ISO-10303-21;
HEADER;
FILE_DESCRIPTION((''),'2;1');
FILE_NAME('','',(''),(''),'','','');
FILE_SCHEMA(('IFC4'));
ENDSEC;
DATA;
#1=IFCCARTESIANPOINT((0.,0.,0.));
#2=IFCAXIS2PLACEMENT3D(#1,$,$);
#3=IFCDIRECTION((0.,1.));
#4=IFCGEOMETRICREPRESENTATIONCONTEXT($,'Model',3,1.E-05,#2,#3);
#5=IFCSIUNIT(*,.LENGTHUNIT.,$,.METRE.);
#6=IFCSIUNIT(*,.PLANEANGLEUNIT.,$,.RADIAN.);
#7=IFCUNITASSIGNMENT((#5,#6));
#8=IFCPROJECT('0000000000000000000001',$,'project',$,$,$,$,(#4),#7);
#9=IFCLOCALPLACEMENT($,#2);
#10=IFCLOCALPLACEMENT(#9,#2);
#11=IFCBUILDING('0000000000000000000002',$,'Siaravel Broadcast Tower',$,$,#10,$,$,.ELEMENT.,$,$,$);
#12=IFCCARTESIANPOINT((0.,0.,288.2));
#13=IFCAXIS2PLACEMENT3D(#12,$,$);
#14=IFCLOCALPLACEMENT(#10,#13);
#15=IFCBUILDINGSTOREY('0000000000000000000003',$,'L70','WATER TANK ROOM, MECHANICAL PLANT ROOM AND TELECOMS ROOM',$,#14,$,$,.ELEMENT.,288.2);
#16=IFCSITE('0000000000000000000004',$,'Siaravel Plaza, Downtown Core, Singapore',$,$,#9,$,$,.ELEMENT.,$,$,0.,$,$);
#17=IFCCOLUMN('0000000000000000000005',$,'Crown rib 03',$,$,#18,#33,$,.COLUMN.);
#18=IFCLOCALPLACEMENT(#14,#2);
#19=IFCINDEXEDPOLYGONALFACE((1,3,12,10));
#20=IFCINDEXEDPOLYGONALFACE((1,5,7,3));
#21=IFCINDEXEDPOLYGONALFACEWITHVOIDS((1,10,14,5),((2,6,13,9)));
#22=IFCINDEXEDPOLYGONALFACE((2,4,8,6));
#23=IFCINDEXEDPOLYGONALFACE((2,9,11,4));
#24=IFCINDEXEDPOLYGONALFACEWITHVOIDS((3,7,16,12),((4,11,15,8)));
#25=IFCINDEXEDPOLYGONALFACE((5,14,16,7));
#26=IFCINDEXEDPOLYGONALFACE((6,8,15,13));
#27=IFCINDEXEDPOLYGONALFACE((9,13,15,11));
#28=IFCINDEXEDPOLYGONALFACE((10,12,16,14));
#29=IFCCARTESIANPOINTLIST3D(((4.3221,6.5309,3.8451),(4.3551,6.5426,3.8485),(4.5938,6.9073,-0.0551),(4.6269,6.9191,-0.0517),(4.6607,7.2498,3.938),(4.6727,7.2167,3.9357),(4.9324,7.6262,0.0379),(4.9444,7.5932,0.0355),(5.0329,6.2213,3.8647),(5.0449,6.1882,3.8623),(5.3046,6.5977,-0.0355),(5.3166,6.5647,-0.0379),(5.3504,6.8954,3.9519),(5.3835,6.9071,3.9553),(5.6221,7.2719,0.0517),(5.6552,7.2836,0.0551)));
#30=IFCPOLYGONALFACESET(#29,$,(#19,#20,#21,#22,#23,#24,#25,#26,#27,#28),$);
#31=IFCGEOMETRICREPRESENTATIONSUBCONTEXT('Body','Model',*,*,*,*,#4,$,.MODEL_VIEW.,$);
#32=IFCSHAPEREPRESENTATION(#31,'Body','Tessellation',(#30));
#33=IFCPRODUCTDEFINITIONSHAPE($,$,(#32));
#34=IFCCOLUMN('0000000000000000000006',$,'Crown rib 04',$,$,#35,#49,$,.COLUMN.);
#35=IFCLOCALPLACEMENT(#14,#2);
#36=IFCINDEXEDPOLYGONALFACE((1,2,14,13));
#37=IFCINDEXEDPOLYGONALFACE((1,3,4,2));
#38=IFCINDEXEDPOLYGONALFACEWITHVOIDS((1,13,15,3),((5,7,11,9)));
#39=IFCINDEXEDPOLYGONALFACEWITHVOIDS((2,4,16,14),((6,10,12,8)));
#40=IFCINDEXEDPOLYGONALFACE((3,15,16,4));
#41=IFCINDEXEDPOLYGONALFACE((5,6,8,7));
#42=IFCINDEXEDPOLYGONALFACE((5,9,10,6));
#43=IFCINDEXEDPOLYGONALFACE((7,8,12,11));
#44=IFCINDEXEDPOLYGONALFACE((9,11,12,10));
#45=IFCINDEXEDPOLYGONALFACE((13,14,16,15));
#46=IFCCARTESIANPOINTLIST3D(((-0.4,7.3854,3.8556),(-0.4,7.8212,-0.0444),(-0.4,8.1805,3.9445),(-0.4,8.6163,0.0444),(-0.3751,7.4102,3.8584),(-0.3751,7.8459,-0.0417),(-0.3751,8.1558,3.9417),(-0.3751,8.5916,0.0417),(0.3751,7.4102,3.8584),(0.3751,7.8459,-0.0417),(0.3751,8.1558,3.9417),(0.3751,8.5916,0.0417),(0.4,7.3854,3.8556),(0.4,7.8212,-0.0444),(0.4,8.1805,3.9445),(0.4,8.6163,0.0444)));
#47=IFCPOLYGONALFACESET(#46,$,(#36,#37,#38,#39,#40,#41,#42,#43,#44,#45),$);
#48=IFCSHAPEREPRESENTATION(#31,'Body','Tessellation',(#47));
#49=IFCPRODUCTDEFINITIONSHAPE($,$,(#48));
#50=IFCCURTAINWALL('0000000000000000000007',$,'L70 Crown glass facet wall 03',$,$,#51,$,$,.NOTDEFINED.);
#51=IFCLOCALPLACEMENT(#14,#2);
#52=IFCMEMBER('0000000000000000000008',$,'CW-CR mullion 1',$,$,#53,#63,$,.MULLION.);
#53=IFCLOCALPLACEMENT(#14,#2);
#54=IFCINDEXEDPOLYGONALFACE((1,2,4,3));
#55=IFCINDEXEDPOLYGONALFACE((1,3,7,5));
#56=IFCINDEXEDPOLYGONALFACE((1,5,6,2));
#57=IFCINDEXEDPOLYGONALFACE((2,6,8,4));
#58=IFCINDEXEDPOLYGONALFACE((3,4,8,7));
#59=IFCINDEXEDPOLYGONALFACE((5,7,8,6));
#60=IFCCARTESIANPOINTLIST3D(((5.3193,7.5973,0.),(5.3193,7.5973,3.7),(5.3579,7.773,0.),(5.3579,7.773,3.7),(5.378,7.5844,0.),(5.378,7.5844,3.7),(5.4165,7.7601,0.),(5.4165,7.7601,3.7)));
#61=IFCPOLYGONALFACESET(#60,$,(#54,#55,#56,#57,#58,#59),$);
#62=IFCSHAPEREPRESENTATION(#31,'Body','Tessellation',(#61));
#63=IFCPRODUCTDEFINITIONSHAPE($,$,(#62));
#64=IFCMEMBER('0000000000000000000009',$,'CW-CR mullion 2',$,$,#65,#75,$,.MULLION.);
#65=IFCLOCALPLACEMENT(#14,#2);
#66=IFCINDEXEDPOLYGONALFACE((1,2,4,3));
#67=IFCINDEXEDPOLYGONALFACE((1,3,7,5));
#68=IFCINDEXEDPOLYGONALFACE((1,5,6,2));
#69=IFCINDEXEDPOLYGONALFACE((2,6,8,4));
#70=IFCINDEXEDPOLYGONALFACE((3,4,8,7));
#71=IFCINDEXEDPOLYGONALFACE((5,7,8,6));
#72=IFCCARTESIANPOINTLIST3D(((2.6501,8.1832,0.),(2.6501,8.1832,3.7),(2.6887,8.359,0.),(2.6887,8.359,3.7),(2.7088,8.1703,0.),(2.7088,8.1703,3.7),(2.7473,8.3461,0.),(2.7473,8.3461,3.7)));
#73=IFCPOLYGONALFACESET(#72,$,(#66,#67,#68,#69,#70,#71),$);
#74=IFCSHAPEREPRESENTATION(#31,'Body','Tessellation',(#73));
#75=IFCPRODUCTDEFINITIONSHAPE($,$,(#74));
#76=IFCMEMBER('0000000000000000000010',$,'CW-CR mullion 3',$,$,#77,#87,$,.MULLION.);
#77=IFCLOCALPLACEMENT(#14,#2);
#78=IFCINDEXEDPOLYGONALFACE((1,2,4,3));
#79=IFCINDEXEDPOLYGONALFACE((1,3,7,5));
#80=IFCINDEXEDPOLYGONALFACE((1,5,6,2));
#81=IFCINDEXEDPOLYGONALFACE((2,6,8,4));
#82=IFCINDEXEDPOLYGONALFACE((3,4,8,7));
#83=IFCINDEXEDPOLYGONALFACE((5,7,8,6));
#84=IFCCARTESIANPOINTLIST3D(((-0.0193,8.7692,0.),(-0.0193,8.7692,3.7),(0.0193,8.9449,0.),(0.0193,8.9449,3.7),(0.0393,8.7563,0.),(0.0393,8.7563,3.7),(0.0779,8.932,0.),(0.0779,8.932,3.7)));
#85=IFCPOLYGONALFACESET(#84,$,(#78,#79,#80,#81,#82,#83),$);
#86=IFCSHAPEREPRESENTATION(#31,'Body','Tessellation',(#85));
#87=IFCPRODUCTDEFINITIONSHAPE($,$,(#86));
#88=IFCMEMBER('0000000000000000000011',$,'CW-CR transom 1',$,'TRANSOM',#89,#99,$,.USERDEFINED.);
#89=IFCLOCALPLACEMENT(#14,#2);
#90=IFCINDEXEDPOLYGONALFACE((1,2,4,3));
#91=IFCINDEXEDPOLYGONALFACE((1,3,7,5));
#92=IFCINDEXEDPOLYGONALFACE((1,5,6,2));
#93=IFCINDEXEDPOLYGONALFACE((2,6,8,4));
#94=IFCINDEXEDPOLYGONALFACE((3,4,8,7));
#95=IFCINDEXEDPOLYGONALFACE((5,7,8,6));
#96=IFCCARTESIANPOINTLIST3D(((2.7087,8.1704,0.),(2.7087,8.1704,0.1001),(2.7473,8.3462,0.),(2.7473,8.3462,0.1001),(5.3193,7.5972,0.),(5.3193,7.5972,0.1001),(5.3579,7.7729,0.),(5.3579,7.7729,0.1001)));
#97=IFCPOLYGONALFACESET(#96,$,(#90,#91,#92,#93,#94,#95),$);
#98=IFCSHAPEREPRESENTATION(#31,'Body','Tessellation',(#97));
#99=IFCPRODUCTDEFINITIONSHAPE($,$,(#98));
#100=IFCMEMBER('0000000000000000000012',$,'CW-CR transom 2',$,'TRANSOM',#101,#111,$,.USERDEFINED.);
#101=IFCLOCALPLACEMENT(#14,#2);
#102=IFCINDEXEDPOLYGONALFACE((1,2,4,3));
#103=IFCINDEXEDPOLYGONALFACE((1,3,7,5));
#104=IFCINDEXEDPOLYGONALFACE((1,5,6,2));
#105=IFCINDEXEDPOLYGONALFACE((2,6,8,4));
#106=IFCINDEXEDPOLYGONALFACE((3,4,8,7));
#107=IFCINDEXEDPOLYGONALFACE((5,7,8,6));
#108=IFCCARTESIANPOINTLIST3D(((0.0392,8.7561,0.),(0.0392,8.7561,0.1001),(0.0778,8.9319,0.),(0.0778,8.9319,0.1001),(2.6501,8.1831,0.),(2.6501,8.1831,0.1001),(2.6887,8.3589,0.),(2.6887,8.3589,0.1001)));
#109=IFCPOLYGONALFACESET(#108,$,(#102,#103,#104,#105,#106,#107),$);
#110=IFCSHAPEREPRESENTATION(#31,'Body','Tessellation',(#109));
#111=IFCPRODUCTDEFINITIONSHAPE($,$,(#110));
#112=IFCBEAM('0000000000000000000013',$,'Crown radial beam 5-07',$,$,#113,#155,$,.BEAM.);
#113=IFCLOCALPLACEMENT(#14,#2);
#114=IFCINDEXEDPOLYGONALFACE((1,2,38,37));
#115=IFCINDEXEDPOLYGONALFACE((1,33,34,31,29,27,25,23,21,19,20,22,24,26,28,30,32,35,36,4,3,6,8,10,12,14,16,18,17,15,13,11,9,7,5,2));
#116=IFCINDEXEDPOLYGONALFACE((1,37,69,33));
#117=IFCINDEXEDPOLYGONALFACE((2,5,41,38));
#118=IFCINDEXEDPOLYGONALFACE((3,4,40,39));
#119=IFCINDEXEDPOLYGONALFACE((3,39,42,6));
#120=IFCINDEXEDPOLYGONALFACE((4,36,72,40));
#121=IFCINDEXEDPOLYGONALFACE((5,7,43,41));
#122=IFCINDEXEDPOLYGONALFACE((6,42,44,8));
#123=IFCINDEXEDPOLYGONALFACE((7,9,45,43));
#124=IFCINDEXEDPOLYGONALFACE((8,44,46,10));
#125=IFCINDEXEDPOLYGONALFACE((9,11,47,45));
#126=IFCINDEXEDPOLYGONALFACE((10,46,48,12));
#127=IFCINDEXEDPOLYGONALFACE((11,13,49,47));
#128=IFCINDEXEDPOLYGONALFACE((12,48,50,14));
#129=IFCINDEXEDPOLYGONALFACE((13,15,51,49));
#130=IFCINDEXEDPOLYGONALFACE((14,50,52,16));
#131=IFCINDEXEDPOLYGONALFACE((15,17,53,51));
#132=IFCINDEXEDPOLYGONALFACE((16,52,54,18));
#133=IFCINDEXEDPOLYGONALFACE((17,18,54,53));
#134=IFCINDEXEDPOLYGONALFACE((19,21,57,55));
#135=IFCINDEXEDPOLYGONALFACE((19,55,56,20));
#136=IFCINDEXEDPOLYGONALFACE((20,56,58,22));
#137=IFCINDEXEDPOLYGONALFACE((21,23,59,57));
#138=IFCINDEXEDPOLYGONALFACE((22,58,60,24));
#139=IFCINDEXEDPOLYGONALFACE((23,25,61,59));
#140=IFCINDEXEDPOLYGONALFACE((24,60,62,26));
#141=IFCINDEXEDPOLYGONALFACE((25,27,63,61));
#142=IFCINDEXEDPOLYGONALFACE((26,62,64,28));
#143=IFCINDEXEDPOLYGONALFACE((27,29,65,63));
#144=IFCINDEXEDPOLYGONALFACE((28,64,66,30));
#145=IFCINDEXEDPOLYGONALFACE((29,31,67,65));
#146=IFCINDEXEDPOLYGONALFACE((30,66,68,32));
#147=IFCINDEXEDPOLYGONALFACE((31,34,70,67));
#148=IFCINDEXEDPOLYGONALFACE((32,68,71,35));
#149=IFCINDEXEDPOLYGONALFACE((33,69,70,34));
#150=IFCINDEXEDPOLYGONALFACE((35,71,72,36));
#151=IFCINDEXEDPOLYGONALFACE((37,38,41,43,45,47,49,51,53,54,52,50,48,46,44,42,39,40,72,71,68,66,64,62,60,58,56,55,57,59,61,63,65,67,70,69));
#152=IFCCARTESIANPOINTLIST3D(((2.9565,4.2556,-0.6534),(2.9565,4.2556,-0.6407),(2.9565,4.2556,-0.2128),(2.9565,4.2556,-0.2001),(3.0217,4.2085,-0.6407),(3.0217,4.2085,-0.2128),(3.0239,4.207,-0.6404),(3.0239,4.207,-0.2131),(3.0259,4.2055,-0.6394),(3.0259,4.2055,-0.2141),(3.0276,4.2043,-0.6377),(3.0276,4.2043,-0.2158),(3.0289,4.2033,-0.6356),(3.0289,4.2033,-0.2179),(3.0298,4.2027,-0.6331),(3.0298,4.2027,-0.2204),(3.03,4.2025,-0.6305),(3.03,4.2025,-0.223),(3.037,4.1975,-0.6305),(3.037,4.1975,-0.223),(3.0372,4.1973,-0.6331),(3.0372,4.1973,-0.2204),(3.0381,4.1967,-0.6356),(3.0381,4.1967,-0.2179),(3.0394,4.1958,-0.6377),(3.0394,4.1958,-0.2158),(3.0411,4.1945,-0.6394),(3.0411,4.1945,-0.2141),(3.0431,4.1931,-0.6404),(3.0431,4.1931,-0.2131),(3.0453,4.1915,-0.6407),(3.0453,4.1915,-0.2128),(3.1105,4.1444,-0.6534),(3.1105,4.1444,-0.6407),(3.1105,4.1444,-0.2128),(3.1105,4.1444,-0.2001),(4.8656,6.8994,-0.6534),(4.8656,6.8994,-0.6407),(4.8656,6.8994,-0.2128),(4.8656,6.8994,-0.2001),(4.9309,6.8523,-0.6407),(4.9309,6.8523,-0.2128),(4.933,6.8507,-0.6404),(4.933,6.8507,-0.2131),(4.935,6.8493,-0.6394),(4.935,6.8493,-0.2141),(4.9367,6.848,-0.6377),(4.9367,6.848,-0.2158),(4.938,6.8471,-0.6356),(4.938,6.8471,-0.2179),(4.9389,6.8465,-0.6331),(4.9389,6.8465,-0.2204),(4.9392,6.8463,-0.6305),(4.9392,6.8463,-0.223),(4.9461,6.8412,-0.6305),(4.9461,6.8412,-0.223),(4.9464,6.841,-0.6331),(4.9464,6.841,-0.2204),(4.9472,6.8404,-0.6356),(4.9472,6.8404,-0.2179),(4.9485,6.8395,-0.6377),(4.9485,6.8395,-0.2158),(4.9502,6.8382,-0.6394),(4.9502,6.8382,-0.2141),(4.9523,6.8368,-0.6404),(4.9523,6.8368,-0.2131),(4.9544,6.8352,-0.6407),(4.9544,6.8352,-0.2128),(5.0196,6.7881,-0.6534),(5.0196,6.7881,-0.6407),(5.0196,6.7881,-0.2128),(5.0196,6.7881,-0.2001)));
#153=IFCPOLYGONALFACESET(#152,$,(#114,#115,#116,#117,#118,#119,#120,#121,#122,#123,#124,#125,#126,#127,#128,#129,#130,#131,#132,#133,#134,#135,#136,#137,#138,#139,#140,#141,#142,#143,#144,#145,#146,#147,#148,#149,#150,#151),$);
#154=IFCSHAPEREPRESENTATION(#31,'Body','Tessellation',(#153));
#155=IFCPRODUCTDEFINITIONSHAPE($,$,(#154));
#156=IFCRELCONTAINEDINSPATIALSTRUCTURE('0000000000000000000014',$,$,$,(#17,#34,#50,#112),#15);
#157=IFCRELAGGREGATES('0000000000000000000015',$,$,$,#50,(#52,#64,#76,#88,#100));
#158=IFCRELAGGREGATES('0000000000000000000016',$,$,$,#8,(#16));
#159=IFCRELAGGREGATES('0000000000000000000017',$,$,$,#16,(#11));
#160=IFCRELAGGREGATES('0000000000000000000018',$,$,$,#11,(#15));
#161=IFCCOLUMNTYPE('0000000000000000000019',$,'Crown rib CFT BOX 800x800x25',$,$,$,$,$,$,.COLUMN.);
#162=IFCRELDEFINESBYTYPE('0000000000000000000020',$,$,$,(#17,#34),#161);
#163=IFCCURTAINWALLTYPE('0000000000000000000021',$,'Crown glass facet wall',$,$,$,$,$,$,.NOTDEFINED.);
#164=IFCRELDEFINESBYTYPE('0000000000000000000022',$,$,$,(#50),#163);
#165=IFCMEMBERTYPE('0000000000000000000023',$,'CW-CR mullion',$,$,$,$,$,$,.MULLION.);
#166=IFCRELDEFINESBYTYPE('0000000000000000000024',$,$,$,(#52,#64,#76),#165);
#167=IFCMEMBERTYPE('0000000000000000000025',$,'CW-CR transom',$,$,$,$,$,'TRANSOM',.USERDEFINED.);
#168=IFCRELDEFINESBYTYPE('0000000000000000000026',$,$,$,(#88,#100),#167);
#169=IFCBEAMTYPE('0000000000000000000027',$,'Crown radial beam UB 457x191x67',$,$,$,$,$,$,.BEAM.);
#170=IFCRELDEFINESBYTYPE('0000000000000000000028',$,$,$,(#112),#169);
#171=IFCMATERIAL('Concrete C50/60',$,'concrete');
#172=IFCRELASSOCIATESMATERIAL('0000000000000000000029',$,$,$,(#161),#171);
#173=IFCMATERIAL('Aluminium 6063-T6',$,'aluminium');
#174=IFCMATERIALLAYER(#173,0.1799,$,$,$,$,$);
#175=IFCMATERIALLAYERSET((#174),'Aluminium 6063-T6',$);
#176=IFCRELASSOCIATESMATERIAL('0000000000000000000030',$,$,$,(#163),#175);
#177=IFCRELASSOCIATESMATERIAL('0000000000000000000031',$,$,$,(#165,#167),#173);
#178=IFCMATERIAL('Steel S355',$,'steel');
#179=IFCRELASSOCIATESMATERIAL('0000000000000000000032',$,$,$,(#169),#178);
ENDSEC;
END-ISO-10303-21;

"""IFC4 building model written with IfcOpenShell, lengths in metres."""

from ifc_helpers import new_model, si_unit, direction, frame, origin, origin_2d, place, context, subcontext, project, spatial, rectangle, hollow_rectangle, i_section, extrude, material, layer, layer_set, material_profile, profile_set, type_object, element, aggregate, save


model = new_model("IFC4")

# Units and contexts
model_context = context("Model", 3, precision=1e-05, world=origin(), true_north=direction((0.0, 1.0)))
body_context = subcontext(model_context, "Body", "Model", "MODEL_VIEW")
ifc_project = project(units=[si_unit("LENGTHUNIT", "METRE"), si_unit("PLANEANGLEUNIT", "RADIAN")], contexts=[model_context])

# Site, building, storey
site_placement = place(None, origin())
site = spatial("IfcSite", under=ifc_project, at=site_placement, Name="Siaravel Plaza, Downtown Core, Singapore", CompositionType="ELEMENT", RefElevation=0.0)
building_placement = place(site_placement, origin())
building = spatial("IfcBuilding", under=site, at=building_placement, Name="Siaravel Broadcast Tower", CompositionType="ELEMENT")
storey_placement = place(building_placement, frame((0.0, 0.0, 288.2)))
storey = spatial("IfcBuildingStorey", under=building, at=storey_placement, Name="L70", Description="WATER TANK ROOM, MECHANICAL PLANT ROOM AND TELECOMS ROOM", CompositionType="ELEMENT", Elevation=288.2)

# Columns
ifc_material_1 = material(Name="Concrete C50/60", Category="concrete")
ifc_material_profile_1 = material_profile(ifc_material_1, hollow_rectangle(XDim=0.8, YDim=0.8, WallThickness=0.0249, at=origin_2d()))
ifc_profile_set_1 = profile_set([ifc_material_profile_1], Name="Concrete C50/60")
column_type = type_object("IfcColumnType", Name="Crown rib CFT BOX 800x800x25", PredefinedType="COLUMN", material=ifc_profile_set_1)
column_1_placement = place(storey_placement, frame((5.1245, 7.0955, 0.0), z_axis=(-0.069183, -0.095849, 0.992989), x_axis=(0.903382, -0.428292, 0.021599)))
element("IfcColumn", 1, at=column_1_placement, inside=storey, type_object=column_type, Name="Crown rib 03", PredefinedType="COLUMN", context=body_context, shape_type="SweptSolid", body=[
    extrude(hollow_rectangle(XDim=0.8, YDim=0.8, WallThickness=0.0249, at=origin_2d()), origin(), (0.0, 0.0, 1.0), 3.9277),
])
column_2_placement = place(storey_placement, frame((0.0, 8.2188, 0.0), z_axis=(0.0, -0.111046, 0.993815), x_axis=(1.0, 0.0, 0.0)))
element("IfcColumn", 2, at=column_2_placement, inside=storey, type_object=column_type, Name="Crown rib 04", PredefinedType="COLUMN", context=body_context, shape_type="SweptSolid", body=[
    extrude(hollow_rectangle(XDim=0.8, YDim=0.8, WallThickness=0.0249, at=origin_2d()), origin(), (0.0, 0.0, 1.0), 3.9243),
])

# Curtain wall, members
ifc_material_2 = material(Name="Aluminium 6063-T6", Category="aluminium")
ifc_layer_1 = layer(ifc_material_2, 0.1799)
ifc_layer_set_1 = layer_set([ifc_layer_1], Name="Aluminium 6063-T6")
curtain_wall_type = type_object("IfcCurtainWallType", Name="Crown glass facet wall", PredefinedType="NOTDEFINED", material=ifc_layer_set_1)
curtain_wall_placement = place(storey_placement, origin())
curtain_wall = element("IfcCurtainWall", 3, at=curtain_wall_placement, inside=storey, type_object=curtain_wall_type, Name="L70 Crown glass facet wall 03", PredefinedType="NOTDEFINED")
ifc_material_profile_2 = material_profile(ifc_material_2, rectangle(XDim=0.1799, YDim=0.0601, at=origin_2d()))
ifc_profile_set_2 = profile_set([ifc_material_profile_2], Name="Aluminium 6063-T6")
member_type_1 = type_object("IfcMemberType", Name="CW-CR mullion", PredefinedType="MULLION", material=ifc_profile_set_2)
member_1_placement = place(storey_placement, frame((5.3679, 7.6787, 0.0), z_axis=(0.0, 0.0, 1.0), x_axis=(-0.214396, -0.976747, 0.0)))
member_1 = element("IfcMember", 4, at=member_1_placement, type_object=member_type_1, Name="CW-CR mullion 1", PredefinedType="MULLION", context=body_context, shape_type="SweptSolid", body=[
    extrude(rectangle(XDim=0.1799, YDim=0.0601, at=origin_2d()), origin(), (0.0, 0.0, 1.0), 3.7),
])
member_2_placement = place(storey_placement, frame((2.6987, 8.2646, 0.0), z_axis=(0.0, 0.0, 1.0), x_axis=(-0.214396, -0.976747, 0.0)))
member_2 = element("IfcMember", 5, at=member_2_placement, type_object=member_type_1, Name="CW-CR mullion 2", PredefinedType="MULLION", context=body_context, shape_type="SweptSolid", body=[
    extrude(rectangle(XDim=0.1799, YDim=0.0601, at=origin_2d()), origin(), (0.0, 0.0, 1.0), 3.7),
])
member_3_placement = place(storey_placement, frame((0.0293, 8.8506, 0.0), z_axis=(0.0, 0.0, 1.0), x_axis=(-0.214396, -0.976747, 0.0)))
member_3 = element("IfcMember", 6, at=member_3_placement, type_object=member_type_1, Name="CW-CR mullion 3", PredefinedType="MULLION", context=body_context, shape_type="SweptSolid", body=[
    extrude(rectangle(XDim=0.1799, YDim=0.0601, at=origin_2d()), origin(), (0.0, 0.0, 1.0), 3.7),
])
ifc_material_profile_3 = material_profile(ifc_material_2, rectangle(XDim=0.1799, YDim=0.1001, at=origin_2d()))
ifc_profile_set_3 = profile_set([ifc_material_profile_3], Name="Aluminium 6063-T6")
member_type_2 = type_object("IfcMemberType", Name="CW-CR transom", ElementType="TRANSOM", PredefinedType="USERDEFINED", material=ifc_profile_set_3)
member_4_placement = place(storey_placement, frame((5.3386, 7.6851, 0.05), z_axis=(-0.97673, 0.214473, 0.0), x_axis=(-0.214473, -0.97673, 0.0)))
member_4 = element("IfcMember", 7, at=member_4_placement, type_object=member_type_2, Name="CW-CR transom 1", ObjectType="TRANSOM", PredefinedType="USERDEFINED", context=body_context, shape_type="SweptSolid", body=[
    extrude(rectangle(XDim=0.1799, YDim=0.1001, at=origin_2d()), origin(), (0.0, 0.0, 1.0), 2.6729),
])
member_5_placement = place(storey_placement, frame((2.6694, 8.271, 0.05), z_axis=(-0.976753, 0.214367, 0.0), x_axis=(-0.214367, -0.976753, 0.0)))
member_5 = element("IfcMember", 8, at=member_5_placement, type_object=member_type_2, Name="CW-CR transom 2", ObjectType="TRANSOM", PredefinedType="USERDEFINED", context=body_context, shape_type="SweptSolid", body=[
    extrude(rectangle(XDim=0.1799, YDim=0.1001, at=origin_2d()), origin(), (0.0, 0.0, 1.0), 2.6731),
])

# Beam
ifc_material_3 = material(Name="Steel S355", Category="steel")
ifc_material_profile_4 = material_profile(ifc_material_3, i_section(OverallWidth=0.1899, OverallDepth=0.4534, WebThickness=0.0085, FlangeThickness=0.0127, FilletRadius=0.0103, at=origin_2d()))
ifc_profile_set_4 = profile_set([ifc_material_profile_4], Name="Steel S355")
beam_type_1 = type_object("IfcBeamType", Name="Crown radial beam UB 457x191x67", PredefinedType="BEAM", material=ifc_profile_set_4)
beam_1_placement = place(storey_placement, frame((4.9426, 6.8438, -0.4268), z_axis=(-0.585444, -0.810713, 0.0), x_axis=(0.810713, -0.585444, 0.0)))
element("IfcBeam", 9, at=beam_1_placement, inside=storey, type_object=beam_type_1, Name="Crown radial beam 5-07", PredefinedType="BEAM", context=body_context, shape_type="SweptSolid", body=[
    extrude(i_section(OverallWidth=0.1899, OverallDepth=0.4534, WebThickness=0.0085, FlangeThickness=0.0127, FilletRadius=0.0103, at=origin_2d()), origin(), (0.0, 0.0, 1.0), 3.261),
])

aggregate(curtain_wall, [member_1, member_2, member_3, member_4, member_5])

save(model, "model.ifc")
